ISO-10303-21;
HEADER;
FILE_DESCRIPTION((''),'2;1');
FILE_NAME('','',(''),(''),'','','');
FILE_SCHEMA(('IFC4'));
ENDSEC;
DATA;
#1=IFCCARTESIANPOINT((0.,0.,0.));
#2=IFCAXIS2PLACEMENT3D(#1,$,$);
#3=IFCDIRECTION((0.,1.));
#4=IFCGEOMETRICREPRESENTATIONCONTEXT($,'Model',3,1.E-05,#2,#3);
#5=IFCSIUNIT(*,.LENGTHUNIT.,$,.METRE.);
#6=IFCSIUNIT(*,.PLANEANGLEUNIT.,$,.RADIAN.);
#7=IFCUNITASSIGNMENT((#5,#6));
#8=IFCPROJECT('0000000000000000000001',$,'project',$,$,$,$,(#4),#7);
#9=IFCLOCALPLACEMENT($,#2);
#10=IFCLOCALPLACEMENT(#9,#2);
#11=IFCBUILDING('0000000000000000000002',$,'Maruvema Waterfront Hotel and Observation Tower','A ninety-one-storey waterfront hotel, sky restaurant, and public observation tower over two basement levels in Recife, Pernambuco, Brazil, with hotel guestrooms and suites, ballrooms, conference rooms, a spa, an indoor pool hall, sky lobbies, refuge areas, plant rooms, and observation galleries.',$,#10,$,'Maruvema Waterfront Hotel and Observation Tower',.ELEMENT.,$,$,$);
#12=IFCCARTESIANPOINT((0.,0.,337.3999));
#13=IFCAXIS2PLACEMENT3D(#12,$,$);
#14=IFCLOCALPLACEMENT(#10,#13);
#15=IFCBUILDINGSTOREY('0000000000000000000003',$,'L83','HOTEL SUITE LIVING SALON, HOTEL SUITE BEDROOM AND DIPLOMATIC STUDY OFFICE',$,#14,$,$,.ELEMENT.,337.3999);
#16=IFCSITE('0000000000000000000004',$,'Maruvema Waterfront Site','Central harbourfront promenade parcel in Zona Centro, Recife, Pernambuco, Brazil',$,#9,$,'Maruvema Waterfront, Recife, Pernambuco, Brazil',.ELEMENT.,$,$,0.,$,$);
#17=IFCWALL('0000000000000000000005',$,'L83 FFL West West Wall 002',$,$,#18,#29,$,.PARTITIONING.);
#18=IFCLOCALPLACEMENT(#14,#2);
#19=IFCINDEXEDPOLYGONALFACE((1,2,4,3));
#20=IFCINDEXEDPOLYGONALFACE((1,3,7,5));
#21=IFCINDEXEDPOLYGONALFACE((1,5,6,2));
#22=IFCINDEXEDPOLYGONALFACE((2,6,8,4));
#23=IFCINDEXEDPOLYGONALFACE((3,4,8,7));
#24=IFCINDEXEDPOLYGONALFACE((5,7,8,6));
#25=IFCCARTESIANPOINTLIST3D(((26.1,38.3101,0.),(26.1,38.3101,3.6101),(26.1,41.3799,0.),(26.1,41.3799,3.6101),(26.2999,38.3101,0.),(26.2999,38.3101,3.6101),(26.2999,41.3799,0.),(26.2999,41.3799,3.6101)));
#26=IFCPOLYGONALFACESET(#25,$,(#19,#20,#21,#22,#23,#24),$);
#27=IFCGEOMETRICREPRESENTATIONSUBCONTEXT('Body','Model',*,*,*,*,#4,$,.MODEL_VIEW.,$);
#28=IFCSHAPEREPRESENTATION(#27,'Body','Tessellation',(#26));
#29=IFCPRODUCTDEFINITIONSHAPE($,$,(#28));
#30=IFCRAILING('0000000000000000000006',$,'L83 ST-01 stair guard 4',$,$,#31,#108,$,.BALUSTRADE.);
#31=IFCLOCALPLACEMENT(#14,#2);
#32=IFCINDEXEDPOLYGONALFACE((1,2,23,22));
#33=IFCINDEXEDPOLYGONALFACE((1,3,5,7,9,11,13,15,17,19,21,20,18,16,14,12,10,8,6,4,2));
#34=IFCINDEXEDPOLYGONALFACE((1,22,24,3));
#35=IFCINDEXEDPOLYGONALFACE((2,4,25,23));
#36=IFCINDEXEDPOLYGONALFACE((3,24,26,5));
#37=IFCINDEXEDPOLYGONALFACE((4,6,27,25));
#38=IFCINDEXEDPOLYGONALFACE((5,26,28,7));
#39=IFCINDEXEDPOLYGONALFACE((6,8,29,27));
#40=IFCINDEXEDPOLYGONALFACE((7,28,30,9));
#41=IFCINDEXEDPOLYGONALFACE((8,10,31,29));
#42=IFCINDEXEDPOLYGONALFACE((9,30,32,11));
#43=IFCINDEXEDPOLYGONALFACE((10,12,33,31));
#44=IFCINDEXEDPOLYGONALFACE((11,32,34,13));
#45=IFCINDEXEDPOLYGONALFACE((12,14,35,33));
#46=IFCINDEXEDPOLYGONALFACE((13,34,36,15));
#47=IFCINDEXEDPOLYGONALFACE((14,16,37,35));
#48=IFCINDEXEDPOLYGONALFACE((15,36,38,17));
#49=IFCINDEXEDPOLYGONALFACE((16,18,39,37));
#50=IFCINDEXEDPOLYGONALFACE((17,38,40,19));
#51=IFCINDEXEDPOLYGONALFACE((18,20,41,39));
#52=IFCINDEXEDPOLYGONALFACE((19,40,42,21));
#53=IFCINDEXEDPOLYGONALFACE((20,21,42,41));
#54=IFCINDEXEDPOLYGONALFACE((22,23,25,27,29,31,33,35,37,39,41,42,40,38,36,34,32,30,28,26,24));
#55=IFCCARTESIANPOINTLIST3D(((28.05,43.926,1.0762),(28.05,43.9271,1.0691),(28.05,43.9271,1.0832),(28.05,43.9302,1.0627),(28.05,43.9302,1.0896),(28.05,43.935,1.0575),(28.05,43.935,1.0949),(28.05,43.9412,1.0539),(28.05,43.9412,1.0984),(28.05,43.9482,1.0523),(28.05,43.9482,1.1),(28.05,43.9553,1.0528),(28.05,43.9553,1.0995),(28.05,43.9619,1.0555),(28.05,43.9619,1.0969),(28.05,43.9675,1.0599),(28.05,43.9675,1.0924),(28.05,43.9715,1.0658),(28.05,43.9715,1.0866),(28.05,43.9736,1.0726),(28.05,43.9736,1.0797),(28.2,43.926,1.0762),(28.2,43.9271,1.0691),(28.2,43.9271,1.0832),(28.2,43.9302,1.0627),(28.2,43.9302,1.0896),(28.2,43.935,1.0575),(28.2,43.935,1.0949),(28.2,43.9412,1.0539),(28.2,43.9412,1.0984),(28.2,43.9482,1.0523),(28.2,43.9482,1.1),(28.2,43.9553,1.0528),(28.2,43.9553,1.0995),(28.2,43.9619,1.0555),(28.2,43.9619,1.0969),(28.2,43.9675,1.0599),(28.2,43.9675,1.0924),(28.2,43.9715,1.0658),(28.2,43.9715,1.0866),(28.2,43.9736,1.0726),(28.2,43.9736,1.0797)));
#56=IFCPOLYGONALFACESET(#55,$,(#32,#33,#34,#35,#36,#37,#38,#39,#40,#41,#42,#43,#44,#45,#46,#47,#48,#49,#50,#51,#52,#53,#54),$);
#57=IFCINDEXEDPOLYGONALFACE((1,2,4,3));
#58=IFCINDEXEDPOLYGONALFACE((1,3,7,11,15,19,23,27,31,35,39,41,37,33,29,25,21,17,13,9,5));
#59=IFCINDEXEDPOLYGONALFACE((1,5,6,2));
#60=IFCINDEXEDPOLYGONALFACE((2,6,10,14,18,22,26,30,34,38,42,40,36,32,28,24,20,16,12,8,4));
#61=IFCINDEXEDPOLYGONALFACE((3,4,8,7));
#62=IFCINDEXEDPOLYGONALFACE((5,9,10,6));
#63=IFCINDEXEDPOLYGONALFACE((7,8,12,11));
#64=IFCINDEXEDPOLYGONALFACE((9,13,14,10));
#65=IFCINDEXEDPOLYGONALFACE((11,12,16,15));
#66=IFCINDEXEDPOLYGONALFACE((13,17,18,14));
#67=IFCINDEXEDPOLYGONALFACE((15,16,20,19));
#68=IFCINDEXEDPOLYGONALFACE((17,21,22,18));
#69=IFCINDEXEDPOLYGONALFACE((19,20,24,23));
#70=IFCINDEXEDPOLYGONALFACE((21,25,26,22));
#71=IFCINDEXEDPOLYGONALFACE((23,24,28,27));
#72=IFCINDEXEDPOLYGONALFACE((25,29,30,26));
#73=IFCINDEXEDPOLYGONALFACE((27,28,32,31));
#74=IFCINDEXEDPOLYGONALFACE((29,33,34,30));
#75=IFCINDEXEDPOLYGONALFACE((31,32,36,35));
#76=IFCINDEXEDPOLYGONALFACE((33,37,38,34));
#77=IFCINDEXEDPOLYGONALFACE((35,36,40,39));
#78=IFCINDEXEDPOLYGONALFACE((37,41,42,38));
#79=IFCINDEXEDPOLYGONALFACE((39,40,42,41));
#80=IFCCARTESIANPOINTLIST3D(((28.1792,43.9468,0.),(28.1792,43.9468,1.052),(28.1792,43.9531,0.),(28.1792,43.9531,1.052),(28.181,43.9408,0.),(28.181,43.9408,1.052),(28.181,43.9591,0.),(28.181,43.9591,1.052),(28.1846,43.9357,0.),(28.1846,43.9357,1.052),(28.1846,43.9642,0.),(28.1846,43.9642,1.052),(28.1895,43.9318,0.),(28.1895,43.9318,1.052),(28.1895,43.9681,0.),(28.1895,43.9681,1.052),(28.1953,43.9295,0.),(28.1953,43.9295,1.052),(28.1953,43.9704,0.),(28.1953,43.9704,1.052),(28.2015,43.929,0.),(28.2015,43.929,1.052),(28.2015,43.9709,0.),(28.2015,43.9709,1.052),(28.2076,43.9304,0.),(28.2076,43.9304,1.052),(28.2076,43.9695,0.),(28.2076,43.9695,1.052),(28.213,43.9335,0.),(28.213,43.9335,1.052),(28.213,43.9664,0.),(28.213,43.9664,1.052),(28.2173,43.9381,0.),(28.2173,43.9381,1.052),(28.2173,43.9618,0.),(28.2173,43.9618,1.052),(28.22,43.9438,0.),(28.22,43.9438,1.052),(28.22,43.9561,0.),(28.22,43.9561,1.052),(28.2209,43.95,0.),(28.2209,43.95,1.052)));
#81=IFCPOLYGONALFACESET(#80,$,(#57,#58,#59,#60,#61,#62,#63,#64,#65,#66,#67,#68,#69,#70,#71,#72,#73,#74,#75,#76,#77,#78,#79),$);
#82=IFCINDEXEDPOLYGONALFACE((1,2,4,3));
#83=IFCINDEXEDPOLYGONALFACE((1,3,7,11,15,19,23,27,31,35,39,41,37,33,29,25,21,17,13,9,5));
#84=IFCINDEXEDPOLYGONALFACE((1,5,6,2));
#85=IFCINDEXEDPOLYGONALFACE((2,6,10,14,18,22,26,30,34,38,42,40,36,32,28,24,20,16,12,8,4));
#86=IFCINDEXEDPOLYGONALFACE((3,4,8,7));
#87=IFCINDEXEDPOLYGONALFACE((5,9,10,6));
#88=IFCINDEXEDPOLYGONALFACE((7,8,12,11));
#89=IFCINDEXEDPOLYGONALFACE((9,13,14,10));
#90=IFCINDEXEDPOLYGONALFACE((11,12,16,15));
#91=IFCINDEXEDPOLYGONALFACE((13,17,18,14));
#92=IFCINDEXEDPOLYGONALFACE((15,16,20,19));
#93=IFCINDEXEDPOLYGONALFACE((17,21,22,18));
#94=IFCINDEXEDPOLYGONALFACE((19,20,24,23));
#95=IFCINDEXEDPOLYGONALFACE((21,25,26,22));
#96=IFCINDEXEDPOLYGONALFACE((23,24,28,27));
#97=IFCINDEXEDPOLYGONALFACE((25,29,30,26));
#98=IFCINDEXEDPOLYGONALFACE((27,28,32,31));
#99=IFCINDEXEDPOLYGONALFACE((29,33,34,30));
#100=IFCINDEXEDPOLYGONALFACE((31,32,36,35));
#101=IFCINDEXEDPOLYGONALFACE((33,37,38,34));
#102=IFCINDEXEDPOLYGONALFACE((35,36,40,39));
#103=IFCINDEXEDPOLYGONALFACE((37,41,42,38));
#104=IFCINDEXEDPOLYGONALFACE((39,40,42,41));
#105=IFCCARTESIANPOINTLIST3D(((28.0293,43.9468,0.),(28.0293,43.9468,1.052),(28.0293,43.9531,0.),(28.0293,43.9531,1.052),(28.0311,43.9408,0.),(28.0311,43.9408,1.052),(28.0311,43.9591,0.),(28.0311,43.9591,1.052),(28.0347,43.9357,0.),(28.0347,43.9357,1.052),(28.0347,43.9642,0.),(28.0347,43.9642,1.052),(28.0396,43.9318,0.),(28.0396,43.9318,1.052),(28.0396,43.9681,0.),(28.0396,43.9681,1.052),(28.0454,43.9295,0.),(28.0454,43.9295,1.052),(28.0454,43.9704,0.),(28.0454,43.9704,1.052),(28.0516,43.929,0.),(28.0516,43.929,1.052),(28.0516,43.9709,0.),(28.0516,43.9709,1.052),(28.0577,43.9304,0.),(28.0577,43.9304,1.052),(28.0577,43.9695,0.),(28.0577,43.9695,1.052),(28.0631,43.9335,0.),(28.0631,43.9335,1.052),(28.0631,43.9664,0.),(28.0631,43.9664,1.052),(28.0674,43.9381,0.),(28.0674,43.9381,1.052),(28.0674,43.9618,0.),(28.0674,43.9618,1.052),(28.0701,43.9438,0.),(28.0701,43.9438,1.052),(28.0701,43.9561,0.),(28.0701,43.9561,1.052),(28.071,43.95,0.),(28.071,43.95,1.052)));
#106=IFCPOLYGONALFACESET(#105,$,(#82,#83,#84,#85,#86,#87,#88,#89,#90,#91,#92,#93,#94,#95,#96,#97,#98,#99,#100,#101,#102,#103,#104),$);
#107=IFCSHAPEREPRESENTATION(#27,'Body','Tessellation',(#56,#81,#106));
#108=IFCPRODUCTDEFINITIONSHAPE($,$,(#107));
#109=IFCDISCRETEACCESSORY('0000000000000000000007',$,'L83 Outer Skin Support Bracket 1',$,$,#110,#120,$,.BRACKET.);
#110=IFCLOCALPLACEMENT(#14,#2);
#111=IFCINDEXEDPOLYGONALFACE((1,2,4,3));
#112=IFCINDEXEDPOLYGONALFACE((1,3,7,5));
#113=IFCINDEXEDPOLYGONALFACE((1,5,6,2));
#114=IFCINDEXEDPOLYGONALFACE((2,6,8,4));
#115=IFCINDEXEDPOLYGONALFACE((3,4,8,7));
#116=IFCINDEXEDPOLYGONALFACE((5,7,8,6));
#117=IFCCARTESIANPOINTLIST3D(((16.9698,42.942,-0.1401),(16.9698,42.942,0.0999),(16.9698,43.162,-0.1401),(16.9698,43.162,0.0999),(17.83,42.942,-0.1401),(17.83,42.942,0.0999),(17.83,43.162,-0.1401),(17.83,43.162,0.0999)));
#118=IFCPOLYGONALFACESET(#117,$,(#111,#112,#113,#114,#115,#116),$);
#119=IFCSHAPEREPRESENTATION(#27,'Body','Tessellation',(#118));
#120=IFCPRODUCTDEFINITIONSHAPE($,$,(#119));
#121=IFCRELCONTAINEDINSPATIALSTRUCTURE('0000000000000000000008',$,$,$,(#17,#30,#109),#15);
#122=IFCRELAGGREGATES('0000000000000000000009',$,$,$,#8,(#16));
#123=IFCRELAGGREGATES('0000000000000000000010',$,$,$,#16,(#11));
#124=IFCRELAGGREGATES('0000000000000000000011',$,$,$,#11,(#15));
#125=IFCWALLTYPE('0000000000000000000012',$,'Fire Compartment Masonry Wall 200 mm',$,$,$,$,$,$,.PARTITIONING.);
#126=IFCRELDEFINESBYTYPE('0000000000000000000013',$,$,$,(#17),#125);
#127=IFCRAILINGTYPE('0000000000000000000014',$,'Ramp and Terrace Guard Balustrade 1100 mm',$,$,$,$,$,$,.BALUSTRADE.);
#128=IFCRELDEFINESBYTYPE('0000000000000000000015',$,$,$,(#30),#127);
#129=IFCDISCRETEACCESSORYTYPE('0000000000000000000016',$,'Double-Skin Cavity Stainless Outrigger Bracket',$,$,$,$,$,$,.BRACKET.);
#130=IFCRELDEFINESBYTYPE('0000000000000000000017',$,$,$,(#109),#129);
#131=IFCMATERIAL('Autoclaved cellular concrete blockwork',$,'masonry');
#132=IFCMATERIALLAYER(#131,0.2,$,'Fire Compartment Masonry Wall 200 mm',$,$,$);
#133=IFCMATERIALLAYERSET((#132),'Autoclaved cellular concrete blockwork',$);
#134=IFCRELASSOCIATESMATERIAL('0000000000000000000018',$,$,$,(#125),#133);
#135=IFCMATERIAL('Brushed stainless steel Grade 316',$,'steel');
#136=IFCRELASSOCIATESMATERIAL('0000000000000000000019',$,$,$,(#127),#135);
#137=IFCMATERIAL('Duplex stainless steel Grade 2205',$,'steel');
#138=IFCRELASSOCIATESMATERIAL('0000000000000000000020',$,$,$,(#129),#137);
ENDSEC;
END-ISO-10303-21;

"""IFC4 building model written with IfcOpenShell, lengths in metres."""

from ifc_helpers import new_model, si_unit, direction, frame, frame_2d, origin, origin_2d, place, context, subcontext, project, spatial, rectangle, circle, extrude, material, layer, layer_set, type_object, element, save


model = new_model("IFC4")

# Units and contexts
model_context = context("Model", 3, precision=1e-05, world=origin(), true_north=direction((0.0, 1.0)))
body_context = subcontext(model_context, "Body", "Model", "MODEL_VIEW")
ifc_project = project(units=[si_unit("LENGTHUNIT", "METRE"), si_unit("PLANEANGLEUNIT", "RADIAN")], contexts=[model_context])

# Site, building, storey
site_placement = place(None, origin())
site = spatial("IfcSite", under=ifc_project, at=site_placement, Name="Maruvema Waterfront Site", Description="Central harbourfront promenade parcel in Zona Centro, Recife, Pernambuco, Brazil", LongName="Maruvema Waterfront, Recife, Pernambuco, Brazil", CompositionType="ELEMENT", RefElevation=0.0)
building_placement = place(site_placement, origin())
building = spatial("IfcBuilding", under=site, at=building_placement, Name="Maruvema Waterfront Hotel and Observation Tower", Description="A ninety-one-storey waterfront hotel, sky restaurant, and public observation tower over two basement levels in Recife, Pernambuco, Brazil, with hotel guestrooms and suites, ballrooms, conference rooms, a spa, an indoor pool hall, sky lobbies, refuge areas, plant rooms, and observation galleries.", LongName="Maruvema Waterfront Hotel and Observation Tower", CompositionType="ELEMENT")
storey_placement = place(building_placement, frame((0.0, 0.0, 337.3999)))
storey = spatial("IfcBuildingStorey", under=building, at=storey_placement, Name="L83", Description="HOTEL SUITE LIVING SALON, HOTEL SUITE BEDROOM AND DIPLOMATIC STUDY OFFICE", CompositionType="ELEMENT", Elevation=337.3999)

# Shared definitions
ifc_material_1 = material(Name="Autoclaved cellular concrete blockwork", Category="masonry")
ifc_layer_1 = layer(ifc_material_1, 0.2, Name="Fire Compartment Masonry Wall 200 mm")
ifc_layer_set_1 = layer_set([ifc_layer_1], Name="Autoclaved cellular concrete blockwork")
wall_type_1 = type_object("IfcWallType", Name="Fire Compartment Masonry Wall 200 mm", PredefinedType="PARTITIONING", material=ifc_layer_set_1)

# Wall
wall_1_placement = place(storey_placement, frame((26.2, 38.3101, 0.0), z_axis=(0.0, 0.0, 1.0), x_axis=(0.0, 1.0, 0.0)))
element("IfcWall", 1, at=wall_1_placement, inside=storey, type_object=wall_type_1, Name="L83 FFL West West Wall 002", PredefinedType="PARTITIONING", context=body_context, shape_type="SweptSolid", body=[
    extrude(rectangle(XDim=3.0698, YDim=0.2, at=frame_2d((1.5349, 0.0))), origin(), (0.0, 0.0, 1.0), 3.6101),
])

# Railing
ifc_material_2 = material(Name="Brushed stainless steel Grade 316", Category="steel")
railing_type = type_object("IfcRailingType", Name="Ramp and Terrace Guard Balustrade 1100 mm", PredefinedType="BALUSTRADE", material=ifc_material_2)
railing_placement = place(storey_placement, frame((28.2, 43.95, 0.0)))
element("IfcRailing", 2, at=railing_placement, inside=storey, type_object=railing_type, Name="L83 ST-01 stair guard 4", PredefinedType="BALUSTRADE", context=body_context, shape_type="SweptSolid", body=[
    extrude(circle(Radius=0.0239, at=origin_2d()), frame((0.0, 0.0, 1.0762), z_axis=(-1.0, 0.0, 0.0), x_axis=(0.0, -1.0, 0.0)), (0.0, 0.0, 1.0), 0.1499),
    extrude(circle(Radius=0.021, at=origin_2d()), origin(), (0.0, 0.0, 1.0), 1.052),
    extrude(circle(Radius=0.021, at=origin_2d()), frame((-0.1499, 0.0, 0.0)), (0.0, 0.0, 1.0), 1.052),
])

# Discrete accessory
ifc_material_3 = material(Name="Duplex stainless steel Grade 2205", Category="steel")
discrete_accessory_type = type_object("IfcDiscreteAccessoryType", Name="Double-Skin Cavity Stainless Outrigger Bracket", PredefinedType="BRACKET", material=ifc_material_3)
discrete_accessory_placement = place(storey_placement, frame((17.3999, 43.052, -0.1401), z_axis=(0.0, 0.0, 1.0), x_axis=(0.0, -1.0, 0.0)))
element("IfcDiscreteAccessory", 3, at=discrete_accessory_placement, inside=storey, type_object=discrete_accessory_type, Name="L83 Outer Skin Support Bracket 1", PredefinedType="BRACKET", context=body_context, shape_type="SweptSolid", body=[
    extrude(rectangle(XDim=0.22, YDim=0.8601, at=origin_2d()), origin(), (0.0, 0.0, 1.0), 0.24),
])

save(model, "model.ifc")
